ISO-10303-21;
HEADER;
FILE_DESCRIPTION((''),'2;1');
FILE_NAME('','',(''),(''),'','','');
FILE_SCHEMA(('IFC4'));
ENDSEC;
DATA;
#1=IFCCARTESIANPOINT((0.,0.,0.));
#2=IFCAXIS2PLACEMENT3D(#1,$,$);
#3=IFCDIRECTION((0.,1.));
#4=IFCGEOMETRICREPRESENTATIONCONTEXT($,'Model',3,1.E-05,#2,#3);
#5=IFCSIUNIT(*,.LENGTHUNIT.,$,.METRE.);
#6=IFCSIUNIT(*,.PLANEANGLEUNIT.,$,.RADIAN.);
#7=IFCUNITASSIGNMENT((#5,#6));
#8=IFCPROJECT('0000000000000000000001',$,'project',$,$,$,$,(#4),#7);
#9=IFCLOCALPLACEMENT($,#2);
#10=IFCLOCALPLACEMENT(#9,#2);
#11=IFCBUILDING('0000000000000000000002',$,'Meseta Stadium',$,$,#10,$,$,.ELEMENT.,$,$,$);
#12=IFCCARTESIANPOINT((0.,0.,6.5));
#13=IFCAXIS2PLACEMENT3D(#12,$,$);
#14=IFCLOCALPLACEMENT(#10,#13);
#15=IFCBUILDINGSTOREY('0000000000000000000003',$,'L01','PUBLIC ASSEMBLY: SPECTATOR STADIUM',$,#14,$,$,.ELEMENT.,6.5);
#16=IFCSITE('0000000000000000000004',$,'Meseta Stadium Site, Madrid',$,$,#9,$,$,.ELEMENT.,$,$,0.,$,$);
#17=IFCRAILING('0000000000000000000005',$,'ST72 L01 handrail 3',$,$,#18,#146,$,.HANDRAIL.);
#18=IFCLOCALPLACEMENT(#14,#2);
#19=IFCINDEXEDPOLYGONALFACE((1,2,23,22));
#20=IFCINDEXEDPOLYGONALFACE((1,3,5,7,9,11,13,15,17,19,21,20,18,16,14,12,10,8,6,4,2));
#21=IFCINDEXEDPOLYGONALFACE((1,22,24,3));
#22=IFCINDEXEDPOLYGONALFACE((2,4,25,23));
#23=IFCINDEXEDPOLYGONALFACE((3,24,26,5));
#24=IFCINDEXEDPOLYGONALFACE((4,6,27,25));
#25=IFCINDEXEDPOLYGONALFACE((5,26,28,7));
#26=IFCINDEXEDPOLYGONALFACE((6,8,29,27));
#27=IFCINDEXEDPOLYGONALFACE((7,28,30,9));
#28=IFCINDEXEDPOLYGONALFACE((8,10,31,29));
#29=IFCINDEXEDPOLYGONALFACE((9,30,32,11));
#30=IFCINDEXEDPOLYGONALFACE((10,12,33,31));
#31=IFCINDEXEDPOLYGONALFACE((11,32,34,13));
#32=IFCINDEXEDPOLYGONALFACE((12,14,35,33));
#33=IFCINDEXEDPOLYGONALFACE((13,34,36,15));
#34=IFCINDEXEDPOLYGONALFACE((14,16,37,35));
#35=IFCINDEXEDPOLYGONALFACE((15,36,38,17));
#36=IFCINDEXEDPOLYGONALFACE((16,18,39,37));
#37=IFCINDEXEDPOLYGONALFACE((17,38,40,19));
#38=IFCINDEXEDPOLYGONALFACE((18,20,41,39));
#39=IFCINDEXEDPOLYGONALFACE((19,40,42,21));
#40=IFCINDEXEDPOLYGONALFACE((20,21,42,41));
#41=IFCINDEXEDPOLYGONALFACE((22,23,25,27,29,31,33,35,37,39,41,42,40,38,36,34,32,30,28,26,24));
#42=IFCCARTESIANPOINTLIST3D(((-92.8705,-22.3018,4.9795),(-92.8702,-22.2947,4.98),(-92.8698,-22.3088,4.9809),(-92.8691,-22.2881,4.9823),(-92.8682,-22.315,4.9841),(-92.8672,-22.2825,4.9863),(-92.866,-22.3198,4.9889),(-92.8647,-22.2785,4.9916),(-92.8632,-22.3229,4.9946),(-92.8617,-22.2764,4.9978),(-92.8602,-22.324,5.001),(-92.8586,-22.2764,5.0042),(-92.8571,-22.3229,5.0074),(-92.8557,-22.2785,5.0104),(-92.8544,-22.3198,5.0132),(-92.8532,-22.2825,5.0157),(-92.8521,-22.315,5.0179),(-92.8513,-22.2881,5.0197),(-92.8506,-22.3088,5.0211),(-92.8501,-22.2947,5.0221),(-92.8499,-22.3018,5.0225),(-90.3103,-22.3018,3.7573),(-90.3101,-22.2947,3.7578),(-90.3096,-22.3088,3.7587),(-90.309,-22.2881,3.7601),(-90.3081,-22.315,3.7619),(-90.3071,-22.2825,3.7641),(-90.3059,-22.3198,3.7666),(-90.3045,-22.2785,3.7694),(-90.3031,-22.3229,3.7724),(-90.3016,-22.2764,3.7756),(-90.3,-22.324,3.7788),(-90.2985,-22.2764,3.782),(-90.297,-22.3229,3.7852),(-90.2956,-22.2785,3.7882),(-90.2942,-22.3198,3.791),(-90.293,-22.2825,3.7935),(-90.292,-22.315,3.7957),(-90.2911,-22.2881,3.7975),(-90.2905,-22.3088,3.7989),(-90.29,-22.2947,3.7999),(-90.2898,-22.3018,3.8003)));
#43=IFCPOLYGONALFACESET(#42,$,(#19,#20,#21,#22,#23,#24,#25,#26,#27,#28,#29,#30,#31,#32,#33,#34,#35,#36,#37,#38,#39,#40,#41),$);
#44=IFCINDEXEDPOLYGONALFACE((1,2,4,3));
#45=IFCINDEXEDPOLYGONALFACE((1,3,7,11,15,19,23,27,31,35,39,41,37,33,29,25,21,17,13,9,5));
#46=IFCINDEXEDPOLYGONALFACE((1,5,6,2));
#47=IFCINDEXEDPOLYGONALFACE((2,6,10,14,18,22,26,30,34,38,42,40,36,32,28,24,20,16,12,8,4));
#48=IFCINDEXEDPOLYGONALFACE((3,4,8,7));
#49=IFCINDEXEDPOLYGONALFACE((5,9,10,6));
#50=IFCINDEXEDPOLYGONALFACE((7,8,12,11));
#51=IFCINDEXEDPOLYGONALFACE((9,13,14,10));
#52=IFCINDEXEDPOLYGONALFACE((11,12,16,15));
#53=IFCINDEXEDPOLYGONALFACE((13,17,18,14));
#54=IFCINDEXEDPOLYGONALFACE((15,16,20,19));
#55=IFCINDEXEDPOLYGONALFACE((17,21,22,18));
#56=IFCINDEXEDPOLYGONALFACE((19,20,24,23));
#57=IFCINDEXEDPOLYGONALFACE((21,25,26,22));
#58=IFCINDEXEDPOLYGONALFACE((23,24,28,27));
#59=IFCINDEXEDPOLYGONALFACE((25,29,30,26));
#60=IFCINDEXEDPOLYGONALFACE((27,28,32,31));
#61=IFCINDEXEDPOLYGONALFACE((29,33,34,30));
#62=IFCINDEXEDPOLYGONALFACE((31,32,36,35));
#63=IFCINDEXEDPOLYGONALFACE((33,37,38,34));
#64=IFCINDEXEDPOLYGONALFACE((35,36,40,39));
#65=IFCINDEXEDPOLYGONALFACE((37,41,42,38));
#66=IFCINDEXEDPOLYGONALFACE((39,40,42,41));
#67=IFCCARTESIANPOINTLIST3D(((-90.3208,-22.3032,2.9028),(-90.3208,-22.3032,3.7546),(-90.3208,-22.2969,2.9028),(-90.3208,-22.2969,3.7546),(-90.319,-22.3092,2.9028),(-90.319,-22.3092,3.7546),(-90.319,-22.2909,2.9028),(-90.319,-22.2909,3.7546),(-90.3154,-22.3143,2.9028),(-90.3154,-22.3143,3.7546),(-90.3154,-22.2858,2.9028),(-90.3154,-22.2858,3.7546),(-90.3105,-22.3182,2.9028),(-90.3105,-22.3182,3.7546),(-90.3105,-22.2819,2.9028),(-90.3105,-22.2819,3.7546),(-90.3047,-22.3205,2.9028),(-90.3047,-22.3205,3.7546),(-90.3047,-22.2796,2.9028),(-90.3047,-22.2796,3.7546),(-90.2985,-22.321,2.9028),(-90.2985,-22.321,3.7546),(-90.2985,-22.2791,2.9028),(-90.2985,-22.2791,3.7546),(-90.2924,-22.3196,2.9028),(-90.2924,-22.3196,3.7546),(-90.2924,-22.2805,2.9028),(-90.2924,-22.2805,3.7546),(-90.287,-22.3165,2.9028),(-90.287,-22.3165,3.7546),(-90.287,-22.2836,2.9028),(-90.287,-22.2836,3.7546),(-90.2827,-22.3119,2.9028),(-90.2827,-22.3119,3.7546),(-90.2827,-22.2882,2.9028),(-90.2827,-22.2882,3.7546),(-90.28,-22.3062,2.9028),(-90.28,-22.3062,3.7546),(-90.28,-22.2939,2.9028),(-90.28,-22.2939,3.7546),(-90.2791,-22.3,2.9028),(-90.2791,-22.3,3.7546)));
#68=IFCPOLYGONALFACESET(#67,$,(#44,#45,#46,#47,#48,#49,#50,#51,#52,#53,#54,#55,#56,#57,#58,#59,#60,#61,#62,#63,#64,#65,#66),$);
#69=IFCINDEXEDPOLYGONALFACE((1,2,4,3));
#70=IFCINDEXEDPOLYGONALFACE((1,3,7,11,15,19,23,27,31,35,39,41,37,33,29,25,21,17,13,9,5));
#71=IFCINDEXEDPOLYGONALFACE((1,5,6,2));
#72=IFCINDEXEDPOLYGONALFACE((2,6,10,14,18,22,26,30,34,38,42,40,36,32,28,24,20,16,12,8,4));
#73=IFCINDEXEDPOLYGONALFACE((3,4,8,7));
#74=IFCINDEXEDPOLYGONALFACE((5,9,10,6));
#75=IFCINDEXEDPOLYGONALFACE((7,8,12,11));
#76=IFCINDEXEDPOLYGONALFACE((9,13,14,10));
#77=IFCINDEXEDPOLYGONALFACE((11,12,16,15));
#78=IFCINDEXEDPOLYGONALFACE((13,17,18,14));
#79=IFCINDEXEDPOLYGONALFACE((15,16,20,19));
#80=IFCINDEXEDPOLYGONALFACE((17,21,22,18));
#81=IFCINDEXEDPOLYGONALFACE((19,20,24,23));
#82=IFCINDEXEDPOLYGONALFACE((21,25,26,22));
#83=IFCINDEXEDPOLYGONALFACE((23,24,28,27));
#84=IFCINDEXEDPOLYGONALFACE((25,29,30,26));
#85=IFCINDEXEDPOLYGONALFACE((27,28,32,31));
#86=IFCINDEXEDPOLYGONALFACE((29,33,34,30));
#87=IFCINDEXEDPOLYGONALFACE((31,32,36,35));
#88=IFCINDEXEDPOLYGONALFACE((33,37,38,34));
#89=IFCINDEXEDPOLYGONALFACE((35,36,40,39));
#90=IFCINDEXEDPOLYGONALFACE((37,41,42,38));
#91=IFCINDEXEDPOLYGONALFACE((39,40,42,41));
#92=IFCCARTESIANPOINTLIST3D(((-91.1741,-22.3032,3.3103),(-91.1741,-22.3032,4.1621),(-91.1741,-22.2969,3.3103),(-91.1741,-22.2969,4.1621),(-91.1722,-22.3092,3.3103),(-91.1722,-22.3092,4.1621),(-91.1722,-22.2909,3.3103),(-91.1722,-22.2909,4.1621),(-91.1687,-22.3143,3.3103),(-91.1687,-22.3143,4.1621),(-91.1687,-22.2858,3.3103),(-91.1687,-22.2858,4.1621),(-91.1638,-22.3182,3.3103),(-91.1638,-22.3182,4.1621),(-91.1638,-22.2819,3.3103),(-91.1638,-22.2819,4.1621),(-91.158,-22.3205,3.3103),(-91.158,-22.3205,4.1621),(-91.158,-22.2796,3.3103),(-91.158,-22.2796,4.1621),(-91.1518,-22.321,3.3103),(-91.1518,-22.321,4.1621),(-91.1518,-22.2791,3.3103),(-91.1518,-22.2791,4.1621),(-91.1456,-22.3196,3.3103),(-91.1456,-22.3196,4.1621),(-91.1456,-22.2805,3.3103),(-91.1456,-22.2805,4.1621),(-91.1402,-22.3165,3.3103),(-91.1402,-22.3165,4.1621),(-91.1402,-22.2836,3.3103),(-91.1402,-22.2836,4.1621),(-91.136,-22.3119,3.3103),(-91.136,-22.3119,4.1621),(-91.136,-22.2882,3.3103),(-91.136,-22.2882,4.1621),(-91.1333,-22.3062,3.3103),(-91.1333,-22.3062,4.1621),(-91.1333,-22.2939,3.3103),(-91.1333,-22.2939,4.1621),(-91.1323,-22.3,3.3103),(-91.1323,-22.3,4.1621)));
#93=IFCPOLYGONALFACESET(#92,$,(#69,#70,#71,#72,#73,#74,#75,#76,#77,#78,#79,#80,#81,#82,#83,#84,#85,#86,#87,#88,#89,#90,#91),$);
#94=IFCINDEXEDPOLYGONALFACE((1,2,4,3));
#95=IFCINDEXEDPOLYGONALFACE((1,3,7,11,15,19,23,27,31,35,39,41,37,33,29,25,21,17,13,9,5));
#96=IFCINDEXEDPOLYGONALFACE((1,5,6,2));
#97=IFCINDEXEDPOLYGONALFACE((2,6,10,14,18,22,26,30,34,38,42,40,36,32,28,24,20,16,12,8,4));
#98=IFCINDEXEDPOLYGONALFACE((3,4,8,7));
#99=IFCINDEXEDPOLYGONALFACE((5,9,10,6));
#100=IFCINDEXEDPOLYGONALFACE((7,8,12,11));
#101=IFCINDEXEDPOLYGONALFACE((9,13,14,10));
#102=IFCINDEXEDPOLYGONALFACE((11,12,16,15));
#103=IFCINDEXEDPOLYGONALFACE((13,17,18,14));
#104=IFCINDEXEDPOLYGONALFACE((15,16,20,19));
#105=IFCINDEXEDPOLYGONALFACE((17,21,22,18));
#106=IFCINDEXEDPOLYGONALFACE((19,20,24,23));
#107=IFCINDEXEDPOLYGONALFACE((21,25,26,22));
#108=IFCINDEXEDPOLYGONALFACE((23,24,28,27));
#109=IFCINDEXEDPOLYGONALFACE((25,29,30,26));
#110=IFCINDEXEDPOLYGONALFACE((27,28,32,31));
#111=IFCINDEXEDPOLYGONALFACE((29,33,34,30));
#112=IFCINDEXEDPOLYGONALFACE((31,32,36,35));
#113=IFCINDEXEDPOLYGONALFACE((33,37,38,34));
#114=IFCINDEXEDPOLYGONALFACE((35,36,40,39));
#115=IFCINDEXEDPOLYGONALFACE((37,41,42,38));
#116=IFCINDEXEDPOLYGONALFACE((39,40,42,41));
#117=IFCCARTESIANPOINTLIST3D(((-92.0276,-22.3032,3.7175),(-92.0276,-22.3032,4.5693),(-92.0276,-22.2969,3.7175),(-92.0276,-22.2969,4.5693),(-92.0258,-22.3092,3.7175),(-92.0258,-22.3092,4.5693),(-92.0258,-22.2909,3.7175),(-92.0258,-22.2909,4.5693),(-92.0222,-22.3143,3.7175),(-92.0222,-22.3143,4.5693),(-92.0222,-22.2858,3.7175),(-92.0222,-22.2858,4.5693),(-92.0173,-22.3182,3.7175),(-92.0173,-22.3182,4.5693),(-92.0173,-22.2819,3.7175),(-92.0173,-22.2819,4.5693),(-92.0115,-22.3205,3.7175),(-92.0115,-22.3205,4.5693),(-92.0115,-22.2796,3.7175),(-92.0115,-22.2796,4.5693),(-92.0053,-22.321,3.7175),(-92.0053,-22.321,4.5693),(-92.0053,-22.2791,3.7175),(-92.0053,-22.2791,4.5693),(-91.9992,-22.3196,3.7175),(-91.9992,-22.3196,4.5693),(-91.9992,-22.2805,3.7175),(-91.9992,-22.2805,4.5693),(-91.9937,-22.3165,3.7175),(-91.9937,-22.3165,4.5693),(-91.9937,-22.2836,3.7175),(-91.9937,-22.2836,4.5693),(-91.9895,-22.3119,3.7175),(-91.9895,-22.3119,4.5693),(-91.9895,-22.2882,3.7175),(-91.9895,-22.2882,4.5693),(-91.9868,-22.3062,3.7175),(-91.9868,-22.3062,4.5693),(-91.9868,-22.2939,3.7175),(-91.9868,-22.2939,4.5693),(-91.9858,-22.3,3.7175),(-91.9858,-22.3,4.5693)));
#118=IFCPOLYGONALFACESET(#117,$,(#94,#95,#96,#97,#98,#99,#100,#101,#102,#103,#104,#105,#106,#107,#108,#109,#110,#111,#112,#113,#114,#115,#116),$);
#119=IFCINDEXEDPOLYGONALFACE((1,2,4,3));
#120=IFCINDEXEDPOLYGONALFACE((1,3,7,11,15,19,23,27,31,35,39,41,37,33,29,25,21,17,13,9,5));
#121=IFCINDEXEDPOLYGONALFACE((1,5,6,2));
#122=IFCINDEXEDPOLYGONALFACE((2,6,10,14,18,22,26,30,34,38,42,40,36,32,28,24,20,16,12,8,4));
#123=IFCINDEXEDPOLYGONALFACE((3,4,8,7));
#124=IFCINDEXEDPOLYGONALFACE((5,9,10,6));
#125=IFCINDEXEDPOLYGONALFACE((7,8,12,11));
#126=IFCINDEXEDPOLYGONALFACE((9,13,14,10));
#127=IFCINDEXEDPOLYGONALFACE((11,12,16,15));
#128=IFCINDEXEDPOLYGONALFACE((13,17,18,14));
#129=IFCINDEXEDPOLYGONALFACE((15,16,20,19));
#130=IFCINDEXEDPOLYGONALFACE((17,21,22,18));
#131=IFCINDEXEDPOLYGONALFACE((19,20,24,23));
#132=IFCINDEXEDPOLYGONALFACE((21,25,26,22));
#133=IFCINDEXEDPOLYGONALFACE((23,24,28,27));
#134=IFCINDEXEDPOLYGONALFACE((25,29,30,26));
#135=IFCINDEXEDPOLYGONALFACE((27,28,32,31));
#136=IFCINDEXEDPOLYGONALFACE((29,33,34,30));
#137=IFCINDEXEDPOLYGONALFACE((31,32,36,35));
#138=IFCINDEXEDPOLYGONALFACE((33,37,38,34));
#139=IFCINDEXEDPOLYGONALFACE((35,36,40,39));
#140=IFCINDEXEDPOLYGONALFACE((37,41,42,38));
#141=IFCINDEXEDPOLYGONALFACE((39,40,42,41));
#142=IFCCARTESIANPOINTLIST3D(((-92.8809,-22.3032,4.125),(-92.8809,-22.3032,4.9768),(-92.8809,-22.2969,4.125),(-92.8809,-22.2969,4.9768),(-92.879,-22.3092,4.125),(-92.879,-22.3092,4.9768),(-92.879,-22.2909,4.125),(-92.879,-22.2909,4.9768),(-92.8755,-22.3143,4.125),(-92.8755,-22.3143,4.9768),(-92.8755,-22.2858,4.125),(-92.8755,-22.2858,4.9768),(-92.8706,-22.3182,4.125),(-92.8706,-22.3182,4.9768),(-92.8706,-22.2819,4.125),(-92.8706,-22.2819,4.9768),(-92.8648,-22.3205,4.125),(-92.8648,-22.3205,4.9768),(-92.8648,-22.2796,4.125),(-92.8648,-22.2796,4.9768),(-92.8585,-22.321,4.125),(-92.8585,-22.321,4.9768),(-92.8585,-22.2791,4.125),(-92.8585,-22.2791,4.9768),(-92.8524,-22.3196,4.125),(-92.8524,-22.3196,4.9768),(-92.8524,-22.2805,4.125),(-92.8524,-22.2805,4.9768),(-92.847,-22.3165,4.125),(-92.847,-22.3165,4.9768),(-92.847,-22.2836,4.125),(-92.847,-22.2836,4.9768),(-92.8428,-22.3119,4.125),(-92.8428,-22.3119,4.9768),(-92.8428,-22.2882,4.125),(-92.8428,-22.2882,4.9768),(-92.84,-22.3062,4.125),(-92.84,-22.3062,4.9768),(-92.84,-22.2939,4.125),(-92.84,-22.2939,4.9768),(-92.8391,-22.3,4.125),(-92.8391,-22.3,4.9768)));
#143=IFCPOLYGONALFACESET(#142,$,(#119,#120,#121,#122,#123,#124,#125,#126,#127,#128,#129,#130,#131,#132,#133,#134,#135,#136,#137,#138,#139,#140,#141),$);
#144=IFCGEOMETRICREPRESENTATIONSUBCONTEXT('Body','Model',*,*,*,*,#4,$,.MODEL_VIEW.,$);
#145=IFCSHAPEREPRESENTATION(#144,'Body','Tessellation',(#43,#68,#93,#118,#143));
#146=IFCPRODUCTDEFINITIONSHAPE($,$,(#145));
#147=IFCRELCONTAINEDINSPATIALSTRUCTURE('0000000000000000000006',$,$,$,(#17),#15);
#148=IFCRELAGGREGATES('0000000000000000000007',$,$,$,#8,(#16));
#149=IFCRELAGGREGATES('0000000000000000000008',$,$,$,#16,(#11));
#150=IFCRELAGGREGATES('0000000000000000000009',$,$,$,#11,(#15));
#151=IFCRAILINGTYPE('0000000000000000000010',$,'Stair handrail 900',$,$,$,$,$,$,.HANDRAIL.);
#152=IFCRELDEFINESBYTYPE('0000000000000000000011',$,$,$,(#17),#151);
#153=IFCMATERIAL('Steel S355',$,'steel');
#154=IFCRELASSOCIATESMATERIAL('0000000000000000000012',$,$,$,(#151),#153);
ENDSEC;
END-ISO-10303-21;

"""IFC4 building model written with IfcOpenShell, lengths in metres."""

from ifc_helpers import new_model, si_unit, direction, frame, origin, origin_2d, place, context, subcontext, project, spatial, circle, extrude, material, type_object, element, save


model = new_model("IFC4")

# Units and contexts
model_context = context("Model", 3, precision=1e-05, world=origin(), true_north=direction((0.0, 1.0)))
body_context = subcontext(model_context, "Body", "Model", "MODEL_VIEW")
ifc_project = project(units=[si_unit("LENGTHUNIT", "METRE"), si_unit("PLANEANGLEUNIT", "RADIAN")], contexts=[model_context])

# Site, building, storey
site_placement = place(None, origin())
site = spatial("IfcSite", under=ifc_project, at=site_placement, Name="Meseta Stadium Site, Madrid", CompositionType="ELEMENT", RefElevation=0.0)
building_placement = place(site_placement, origin())
building = spatial("IfcBuilding", under=site, at=building_placement, Name="Meseta Stadium", CompositionType="ELEMENT")
storey_placement = place(building_placement, frame((0.0, 0.0, 6.5)))
storey = spatial("IfcBuildingStorey", under=building, at=storey_placement, Name="L01", Description="PUBLIC ASSEMBLY: SPECTATOR STADIUM", CompositionType="ELEMENT", Elevation=6.5)

# Railing
ifc_material_1 = material(Name="Steel S355", Category="steel")
railing_type_1 = type_object("IfcRailingType", Name="Stair handrail 900", PredefinedType="HANDRAIL", material=ifc_material_1)
for number, where, name in (
    (1, (-90.3, -22.3, 2.9028), "ST72 L01 handrail 3"),
):
    element("IfcRailing", number, at=place(storey_placement, frame(where)), inside=storey, type_object=railing_type_1, Name=name, PredefinedType="HANDRAIL", context=body_context, shape_type="SweptSolid", body=[
        extrude(circle(Radius=0.0239, at=origin_2d()), frame((0.0, 0.0, 0.876), z_axis=(-0.902437, 0.0, 0.430822), x_axis=(0.0, -1.0, 0.0)), (0.0, 0.0, 1.0), 2.8369),
        extrude(circle(Radius=0.021, at=origin_2d()), origin(), (0.0, 0.0, 1.0), 0.8518),
        extrude(circle(Radius=0.021, at=origin_2d()), frame((-0.8533, 0.0, 0.4075)), (0.0, 0.0, 1.0), 0.8518),
        extrude(circle(Radius=0.021, at=origin_2d()), frame((-1.7068, 0.0, 0.8147)), (0.0, 0.0, 1.0), 0.8518),
        extrude(circle(Radius=0.021, at=origin_2d()), frame((-2.5601, 0.0, 1.2222)), (0.0, 0.0, 1.0), 0.8518),
    ])

save(model, "model.ifc")
